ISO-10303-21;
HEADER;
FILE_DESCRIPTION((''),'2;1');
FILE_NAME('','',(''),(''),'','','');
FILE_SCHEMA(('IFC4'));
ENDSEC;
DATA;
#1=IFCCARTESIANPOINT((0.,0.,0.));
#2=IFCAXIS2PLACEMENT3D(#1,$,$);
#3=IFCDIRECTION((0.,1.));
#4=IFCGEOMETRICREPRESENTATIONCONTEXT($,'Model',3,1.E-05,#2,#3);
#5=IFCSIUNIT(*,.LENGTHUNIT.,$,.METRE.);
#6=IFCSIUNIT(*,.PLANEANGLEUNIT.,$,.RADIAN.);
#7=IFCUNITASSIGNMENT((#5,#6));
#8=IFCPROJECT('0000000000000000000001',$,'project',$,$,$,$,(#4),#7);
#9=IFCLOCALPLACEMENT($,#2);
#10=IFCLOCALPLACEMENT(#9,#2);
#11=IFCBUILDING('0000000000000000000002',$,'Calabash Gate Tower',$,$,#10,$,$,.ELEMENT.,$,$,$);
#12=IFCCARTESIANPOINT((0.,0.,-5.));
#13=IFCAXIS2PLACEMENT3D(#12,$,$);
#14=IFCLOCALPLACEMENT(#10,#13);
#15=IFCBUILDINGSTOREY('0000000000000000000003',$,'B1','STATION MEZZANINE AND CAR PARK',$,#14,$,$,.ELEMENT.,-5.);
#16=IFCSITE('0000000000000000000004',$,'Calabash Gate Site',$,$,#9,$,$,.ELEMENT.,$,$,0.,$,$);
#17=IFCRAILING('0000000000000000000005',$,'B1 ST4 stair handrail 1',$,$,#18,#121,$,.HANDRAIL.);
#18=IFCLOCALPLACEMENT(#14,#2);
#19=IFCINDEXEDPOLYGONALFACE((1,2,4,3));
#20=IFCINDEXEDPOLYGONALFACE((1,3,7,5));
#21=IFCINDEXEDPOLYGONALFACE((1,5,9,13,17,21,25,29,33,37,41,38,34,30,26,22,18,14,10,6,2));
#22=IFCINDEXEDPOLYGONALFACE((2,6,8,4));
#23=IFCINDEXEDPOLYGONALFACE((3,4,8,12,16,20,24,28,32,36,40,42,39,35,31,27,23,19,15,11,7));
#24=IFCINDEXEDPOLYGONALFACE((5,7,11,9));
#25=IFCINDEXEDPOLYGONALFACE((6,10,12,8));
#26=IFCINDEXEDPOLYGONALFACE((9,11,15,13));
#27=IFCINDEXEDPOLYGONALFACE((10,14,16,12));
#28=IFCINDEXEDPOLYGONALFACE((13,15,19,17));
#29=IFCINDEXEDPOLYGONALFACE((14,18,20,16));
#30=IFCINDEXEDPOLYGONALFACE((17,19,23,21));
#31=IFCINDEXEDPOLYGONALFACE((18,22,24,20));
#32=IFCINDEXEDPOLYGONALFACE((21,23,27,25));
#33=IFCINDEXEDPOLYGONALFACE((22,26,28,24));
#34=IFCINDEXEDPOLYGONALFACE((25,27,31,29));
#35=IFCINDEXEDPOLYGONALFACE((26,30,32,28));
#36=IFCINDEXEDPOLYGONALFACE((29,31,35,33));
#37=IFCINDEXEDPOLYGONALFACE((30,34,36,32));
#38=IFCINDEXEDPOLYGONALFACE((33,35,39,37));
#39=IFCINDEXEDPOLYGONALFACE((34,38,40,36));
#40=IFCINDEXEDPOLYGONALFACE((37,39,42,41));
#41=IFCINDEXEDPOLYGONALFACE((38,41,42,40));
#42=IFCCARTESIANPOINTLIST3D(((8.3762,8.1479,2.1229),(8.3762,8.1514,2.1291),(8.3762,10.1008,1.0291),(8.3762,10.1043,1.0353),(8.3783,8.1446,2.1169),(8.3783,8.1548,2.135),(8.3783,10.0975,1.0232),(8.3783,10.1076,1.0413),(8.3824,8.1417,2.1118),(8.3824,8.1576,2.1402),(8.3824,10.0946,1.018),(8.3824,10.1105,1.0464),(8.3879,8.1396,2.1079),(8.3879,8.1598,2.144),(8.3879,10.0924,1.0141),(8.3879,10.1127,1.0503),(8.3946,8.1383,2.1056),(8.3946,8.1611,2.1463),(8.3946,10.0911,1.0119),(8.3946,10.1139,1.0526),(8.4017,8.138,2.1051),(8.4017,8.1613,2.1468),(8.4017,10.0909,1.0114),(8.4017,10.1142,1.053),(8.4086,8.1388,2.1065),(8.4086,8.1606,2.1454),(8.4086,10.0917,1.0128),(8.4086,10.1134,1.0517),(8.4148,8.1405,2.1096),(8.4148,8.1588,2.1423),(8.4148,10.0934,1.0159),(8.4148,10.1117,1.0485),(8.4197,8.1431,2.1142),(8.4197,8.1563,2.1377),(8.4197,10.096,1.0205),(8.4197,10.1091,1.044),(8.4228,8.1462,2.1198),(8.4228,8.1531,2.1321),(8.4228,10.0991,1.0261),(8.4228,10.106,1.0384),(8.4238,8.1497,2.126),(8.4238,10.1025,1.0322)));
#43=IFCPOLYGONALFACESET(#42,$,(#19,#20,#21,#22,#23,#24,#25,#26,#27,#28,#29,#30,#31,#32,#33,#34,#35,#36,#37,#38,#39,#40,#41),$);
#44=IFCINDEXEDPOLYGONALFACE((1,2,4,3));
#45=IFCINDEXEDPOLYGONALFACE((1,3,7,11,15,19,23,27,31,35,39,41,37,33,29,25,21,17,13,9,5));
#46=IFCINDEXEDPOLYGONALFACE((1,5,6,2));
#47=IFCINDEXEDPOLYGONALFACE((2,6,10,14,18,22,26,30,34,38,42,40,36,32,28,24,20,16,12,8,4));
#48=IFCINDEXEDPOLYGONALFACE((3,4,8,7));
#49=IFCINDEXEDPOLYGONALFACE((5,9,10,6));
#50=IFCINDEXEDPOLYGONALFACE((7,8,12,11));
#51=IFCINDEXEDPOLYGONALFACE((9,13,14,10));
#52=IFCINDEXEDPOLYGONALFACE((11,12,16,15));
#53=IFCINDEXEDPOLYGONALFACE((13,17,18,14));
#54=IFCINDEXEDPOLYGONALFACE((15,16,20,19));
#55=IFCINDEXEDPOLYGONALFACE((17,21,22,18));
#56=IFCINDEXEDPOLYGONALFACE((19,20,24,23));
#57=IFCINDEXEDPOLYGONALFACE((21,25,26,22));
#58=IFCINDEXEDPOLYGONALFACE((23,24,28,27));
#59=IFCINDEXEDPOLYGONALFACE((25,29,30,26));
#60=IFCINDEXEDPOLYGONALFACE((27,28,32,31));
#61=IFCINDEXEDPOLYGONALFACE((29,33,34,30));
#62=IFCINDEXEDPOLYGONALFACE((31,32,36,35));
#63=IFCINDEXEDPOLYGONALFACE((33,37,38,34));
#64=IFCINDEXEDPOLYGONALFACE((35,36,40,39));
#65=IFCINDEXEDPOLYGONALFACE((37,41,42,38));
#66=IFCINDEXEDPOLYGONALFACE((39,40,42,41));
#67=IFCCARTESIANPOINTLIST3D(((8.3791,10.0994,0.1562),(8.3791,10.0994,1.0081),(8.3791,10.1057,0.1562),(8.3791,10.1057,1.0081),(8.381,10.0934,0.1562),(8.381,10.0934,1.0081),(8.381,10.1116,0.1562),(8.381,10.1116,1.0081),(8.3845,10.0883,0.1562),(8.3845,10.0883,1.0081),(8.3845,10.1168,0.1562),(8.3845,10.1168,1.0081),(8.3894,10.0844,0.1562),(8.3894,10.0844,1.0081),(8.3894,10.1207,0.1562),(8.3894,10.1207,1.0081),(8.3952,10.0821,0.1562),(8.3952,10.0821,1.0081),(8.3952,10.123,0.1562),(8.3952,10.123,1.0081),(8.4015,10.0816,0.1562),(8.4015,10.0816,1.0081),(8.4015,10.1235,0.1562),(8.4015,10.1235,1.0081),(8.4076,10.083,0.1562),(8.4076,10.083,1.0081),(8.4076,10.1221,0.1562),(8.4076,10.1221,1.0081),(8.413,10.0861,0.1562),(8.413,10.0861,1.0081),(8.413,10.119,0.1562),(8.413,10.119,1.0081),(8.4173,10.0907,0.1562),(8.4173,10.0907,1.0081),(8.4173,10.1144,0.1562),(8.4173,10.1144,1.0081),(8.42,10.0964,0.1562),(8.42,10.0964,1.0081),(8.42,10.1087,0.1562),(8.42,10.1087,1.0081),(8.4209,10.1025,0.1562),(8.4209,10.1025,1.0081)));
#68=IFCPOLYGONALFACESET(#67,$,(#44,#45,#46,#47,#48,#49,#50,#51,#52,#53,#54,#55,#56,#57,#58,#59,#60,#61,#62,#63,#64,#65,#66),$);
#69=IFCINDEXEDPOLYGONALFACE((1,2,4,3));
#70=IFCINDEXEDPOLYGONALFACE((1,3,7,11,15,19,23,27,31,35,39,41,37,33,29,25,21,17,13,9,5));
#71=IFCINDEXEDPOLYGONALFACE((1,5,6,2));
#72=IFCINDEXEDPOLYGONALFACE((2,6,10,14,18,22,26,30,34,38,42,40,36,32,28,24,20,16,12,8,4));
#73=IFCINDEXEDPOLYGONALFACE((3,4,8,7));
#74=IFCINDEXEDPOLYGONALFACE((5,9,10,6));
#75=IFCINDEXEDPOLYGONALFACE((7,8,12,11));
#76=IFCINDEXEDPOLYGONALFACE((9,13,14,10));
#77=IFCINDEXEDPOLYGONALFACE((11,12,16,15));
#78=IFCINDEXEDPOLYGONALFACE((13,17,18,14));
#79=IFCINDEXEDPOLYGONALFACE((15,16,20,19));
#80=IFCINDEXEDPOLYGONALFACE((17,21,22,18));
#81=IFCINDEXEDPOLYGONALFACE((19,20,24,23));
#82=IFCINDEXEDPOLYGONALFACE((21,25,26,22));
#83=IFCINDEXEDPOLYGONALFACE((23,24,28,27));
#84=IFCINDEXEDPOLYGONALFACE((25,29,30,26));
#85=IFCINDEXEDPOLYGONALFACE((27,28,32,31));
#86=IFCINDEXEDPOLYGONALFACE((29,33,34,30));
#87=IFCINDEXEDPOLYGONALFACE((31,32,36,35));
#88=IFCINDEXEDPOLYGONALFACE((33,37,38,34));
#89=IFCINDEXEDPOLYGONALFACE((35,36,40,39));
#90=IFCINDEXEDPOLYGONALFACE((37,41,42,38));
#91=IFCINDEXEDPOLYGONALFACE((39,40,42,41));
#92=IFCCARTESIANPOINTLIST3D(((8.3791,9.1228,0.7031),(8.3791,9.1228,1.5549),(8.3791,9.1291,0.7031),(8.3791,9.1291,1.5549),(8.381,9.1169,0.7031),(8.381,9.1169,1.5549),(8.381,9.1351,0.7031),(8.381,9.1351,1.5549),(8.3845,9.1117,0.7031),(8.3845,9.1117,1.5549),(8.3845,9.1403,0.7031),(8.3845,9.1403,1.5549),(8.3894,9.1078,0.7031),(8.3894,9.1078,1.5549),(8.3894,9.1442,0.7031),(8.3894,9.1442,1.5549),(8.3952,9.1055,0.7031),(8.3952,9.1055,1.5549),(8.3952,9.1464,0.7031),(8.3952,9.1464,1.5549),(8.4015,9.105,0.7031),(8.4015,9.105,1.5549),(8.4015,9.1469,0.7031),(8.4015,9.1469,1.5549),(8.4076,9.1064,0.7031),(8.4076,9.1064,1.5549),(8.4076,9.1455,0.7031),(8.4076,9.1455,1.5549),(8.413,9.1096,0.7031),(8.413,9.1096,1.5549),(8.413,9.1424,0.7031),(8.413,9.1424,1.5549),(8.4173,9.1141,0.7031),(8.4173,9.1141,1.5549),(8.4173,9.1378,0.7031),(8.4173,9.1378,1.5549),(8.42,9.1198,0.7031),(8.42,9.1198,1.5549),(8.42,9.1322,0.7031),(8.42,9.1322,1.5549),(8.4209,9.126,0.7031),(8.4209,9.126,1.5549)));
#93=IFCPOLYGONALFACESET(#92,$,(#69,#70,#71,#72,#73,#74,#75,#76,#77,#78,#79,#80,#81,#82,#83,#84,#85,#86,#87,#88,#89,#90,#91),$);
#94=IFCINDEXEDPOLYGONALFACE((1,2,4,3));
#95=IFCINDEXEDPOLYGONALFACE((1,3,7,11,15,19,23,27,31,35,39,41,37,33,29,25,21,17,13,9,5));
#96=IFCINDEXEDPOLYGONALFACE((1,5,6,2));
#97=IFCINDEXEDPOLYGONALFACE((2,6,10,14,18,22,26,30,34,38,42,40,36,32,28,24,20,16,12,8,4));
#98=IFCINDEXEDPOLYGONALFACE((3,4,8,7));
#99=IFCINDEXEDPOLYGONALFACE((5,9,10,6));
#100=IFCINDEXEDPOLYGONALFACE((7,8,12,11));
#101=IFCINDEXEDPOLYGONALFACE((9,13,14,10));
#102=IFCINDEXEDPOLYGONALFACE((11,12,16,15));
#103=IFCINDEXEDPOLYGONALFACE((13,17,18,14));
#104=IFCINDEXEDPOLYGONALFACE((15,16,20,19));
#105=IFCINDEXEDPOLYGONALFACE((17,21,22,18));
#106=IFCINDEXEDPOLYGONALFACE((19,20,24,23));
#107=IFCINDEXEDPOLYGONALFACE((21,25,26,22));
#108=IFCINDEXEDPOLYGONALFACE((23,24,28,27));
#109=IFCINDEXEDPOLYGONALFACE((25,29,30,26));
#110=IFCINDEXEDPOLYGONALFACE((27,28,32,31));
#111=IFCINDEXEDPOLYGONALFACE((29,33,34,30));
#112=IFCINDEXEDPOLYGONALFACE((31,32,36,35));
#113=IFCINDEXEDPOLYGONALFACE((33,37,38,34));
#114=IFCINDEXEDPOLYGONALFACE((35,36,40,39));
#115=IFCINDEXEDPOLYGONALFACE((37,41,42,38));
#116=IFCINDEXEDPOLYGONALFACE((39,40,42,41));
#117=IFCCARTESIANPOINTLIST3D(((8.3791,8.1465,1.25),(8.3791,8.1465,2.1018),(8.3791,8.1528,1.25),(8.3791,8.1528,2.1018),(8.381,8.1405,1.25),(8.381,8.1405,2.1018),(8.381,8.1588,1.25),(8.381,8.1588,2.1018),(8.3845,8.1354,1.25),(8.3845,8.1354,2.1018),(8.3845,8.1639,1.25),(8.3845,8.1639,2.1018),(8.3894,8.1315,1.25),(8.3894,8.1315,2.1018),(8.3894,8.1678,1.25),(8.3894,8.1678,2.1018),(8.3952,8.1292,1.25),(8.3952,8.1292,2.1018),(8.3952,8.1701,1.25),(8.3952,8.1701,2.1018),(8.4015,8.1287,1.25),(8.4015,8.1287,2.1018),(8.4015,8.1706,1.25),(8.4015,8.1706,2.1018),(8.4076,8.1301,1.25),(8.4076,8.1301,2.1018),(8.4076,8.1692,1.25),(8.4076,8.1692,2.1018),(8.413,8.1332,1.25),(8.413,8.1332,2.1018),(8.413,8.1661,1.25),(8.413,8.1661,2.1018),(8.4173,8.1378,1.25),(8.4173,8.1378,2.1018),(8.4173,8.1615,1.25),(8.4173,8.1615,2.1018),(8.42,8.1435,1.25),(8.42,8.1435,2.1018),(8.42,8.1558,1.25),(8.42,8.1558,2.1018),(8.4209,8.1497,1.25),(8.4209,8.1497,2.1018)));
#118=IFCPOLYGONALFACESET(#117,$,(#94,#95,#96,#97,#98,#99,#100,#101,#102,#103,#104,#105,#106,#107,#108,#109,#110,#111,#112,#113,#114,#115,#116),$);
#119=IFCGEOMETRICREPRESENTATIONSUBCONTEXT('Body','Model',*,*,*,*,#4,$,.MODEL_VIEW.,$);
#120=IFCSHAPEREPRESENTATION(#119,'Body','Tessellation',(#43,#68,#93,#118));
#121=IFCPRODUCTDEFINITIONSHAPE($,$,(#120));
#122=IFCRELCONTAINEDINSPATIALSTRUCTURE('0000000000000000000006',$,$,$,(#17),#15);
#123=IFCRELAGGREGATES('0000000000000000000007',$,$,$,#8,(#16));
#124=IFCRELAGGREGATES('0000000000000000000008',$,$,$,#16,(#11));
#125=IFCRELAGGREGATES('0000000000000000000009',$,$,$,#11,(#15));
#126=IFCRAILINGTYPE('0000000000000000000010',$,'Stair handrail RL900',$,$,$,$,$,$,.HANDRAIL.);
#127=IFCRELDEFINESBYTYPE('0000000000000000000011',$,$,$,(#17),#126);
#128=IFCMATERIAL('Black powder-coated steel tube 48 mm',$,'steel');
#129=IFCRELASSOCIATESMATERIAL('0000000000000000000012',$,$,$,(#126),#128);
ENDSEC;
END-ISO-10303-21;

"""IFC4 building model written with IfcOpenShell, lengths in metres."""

from ifc_helpers import new_model, si_unit, direction, frame, origin, origin_2d, place, context, subcontext, project, spatial, circle, extrude, material, type_object, element, save


model = new_model("IFC4")

# Units and contexts
model_context = context("Model", 3, precision=1e-05, world=origin(), true_north=direction((0.0, 1.0)))
body_context = subcontext(model_context, "Body", "Model", "MODEL_VIEW")
ifc_project = project(units=[si_unit("LENGTHUNIT", "METRE"), si_unit("PLANEANGLEUNIT", "RADIAN")], contexts=[model_context])

# Site, building, storey
site_placement = place(None, origin())
site = spatial("IfcSite", under=ifc_project, at=site_placement, Name="Calabash Gate Site", CompositionType="ELEMENT", RefElevation=0.0)
building_placement = place(site_placement, origin())
building = spatial("IfcBuilding", under=site, at=building_placement, Name="Calabash Gate Tower", CompositionType="ELEMENT")
storey_placement = place(building_placement, frame((0.0, 0.0, -5.0)))
storey = spatial("IfcBuildingStorey", under=building, at=storey_placement, Name="B1", Description="STATION MEZZANINE AND CAR PARK", CompositionType="ELEMENT", Elevation=-5.0)

# Railing
ifc_material_1 = material(Name="Black powder-coated steel tube 48 mm", Category="steel")
railing_type_1 = type_object("IfcRailingType", Name="Stair handrail RL900", PredefinedType="HANDRAIL", material=ifc_material_1)
railing_1_placement = place(storey_placement, frame((8.3999, 10.1025, 0.1562)))
element("IfcRailing", 1, at=railing_1_placement, inside=storey, type_object=railing_type_1, Name="B1 ST4 stair handrail 1", PredefinedType="HANDRAIL", context=body_context, shape_type="SweptSolid", body=[
    extrude(circle(Radius=0.0239, at=origin_2d()), frame((0.0, 0.0, 0.876), z_axis=(0.0, -0.87248, 0.48865), x_axis=(1.0, 0.0, 0.0)), (0.0, 0.0, 1.0), 2.2383),
    extrude(circle(Radius=0.021, at=origin_2d()), origin(), (0.0, 0.0, 1.0), 0.8518),
    extrude(circle(Radius=0.021, at=origin_2d()), frame((0.0, -0.9766, 0.5469)), (0.0, 0.0, 1.0), 0.8518),
    extrude(circle(Radius=0.021, at=origin_2d()), frame((0.0, -1.9529, 1.0938)), (0.0, 0.0, 1.0), 0.8518),
])

save(model, "model.ifc")
